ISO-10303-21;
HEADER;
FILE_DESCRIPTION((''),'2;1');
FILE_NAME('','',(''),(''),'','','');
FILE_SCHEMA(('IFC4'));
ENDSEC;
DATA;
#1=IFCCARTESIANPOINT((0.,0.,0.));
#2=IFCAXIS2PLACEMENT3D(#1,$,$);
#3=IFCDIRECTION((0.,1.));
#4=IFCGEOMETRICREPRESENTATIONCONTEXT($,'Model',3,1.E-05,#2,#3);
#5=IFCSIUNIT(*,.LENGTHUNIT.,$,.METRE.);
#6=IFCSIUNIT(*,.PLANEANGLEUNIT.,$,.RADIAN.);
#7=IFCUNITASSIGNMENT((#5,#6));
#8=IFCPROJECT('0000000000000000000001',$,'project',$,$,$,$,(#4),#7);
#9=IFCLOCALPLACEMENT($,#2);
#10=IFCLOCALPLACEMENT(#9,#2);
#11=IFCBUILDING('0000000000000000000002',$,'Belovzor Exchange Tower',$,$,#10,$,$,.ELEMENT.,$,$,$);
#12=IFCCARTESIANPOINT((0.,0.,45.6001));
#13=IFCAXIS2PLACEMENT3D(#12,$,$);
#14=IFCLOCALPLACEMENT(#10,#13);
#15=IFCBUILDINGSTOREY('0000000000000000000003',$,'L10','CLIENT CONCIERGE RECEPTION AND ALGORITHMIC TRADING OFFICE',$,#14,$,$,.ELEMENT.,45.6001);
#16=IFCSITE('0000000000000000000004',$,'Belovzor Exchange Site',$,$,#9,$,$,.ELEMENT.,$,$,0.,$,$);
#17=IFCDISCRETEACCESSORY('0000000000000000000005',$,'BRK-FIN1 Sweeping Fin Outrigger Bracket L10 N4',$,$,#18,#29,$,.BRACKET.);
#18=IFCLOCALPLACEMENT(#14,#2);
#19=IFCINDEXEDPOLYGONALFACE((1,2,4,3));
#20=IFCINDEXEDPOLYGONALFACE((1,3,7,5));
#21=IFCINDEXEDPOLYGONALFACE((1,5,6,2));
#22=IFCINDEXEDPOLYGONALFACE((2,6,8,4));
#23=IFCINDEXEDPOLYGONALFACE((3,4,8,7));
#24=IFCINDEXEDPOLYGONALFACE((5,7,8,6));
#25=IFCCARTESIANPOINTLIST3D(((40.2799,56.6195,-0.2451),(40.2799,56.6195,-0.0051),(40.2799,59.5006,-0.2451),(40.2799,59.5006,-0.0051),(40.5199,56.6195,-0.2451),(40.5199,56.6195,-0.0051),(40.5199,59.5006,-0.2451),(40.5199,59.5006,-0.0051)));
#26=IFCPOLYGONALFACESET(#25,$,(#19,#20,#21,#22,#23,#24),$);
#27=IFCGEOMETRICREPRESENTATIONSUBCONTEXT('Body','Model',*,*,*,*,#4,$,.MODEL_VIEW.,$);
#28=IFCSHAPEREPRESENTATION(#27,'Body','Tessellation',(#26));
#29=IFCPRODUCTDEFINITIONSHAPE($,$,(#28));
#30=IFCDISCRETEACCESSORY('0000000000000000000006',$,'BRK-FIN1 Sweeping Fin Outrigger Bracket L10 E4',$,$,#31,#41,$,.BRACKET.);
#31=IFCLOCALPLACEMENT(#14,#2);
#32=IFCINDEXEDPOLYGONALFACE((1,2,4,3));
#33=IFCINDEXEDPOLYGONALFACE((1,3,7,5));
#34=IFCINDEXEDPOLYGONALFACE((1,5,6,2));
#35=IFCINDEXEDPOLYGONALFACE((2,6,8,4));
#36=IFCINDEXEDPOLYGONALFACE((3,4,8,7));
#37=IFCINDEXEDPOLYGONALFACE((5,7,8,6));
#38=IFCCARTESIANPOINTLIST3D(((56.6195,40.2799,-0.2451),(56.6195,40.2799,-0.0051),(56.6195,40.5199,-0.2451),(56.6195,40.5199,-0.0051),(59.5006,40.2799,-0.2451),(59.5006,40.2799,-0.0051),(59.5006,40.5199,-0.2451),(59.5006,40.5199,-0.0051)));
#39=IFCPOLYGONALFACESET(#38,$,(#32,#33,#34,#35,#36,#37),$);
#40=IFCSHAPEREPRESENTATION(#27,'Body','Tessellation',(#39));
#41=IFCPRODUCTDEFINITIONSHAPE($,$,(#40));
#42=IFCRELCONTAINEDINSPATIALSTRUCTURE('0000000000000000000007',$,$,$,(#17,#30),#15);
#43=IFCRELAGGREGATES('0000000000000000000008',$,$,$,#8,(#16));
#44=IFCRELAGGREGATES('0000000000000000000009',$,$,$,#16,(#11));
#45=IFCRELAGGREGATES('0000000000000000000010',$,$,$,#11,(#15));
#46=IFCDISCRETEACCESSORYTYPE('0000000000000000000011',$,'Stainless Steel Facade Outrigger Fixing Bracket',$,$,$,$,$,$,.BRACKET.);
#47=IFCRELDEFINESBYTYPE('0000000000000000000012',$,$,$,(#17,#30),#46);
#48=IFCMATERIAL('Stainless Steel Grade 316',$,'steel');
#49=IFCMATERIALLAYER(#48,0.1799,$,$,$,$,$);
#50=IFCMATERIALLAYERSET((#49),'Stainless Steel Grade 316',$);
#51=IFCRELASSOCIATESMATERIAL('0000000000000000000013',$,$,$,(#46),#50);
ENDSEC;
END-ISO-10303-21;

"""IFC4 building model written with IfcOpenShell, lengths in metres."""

from ifc_helpers import new_model, si_unit, direction, frame, origin, origin_2d, place, context, subcontext, project, spatial, rectangle, extrude, material, layer, layer_set, type_object, element, save


model = new_model("IFC4")

# Units and contexts
model_context = context("Model", 3, precision=1e-05, world=origin(), true_north=direction((0.0, 1.0)))
body_context = subcontext(model_context, "Body", "Model", "MODEL_VIEW")
ifc_project = project(units=[si_unit("LENGTHUNIT", "METRE"), si_unit("PLANEANGLEUNIT", "RADIAN")], contexts=[model_context])

# Site, building, storey
site_placement = place(None, origin())
site = spatial("IfcSite", under=ifc_project, at=site_placement, Name="Belovzor Exchange Site", CompositionType="ELEMENT", RefElevation=0.0)
building_placement = place(site_placement, origin())
building = spatial("IfcBuilding", under=site, at=building_placement, Name="Belovzor Exchange Tower", CompositionType="ELEMENT")
storey_placement = place(building_placement, frame((0.0, 0.0, 45.6001)))
storey = spatial("IfcBuildingStorey", under=building, at=storey_placement, Name="L10", Description="CLIENT CONCIERGE RECEPTION AND ALGORITHMIC TRADING OFFICE", CompositionType="ELEMENT", Elevation=45.6001)

# Discrete accessories
ifc_material_1 = material(Name="Stainless Steel Grade 316", Category="steel")
ifc_layer_1 = layer(ifc_material_1, 0.1799)
ifc_layer_set_1 = layer_set([ifc_layer_1], Name="Stainless Steel Grade 316")
discrete_accessory_type = type_object("IfcDiscreteAccessoryType", Name="Stainless Steel Facade Outrigger Fixing Bracket", PredefinedType="BRACKET", material=ifc_layer_set_1)
for number, where, z_axis, x_axis, name in (
    (1, (40.3999, 58.0601, -0.2451), (0.0, 0.0, 1.0), (0.0, 1.0, 0.0), "BRK-FIN1 Sweeping Fin Outrigger Bracket L10 N4"),
    (2, (58.0601, 40.3999, -0.2451), (0.0, 0.0, 1.0), (1.0, 0.0, 0.0), "BRK-FIN1 Sweeping Fin Outrigger Bracket L10 E4"),
):
    element("IfcDiscreteAccessory", number, at=place(storey_placement, frame(where, z_axis=z_axis, x_axis=x_axis)), inside=storey, type_object=discrete_accessory_type, Name=name, PredefinedType="BRACKET", context=body_context, shape_type="SweptSolid", body=[
        extrude(rectangle(XDim=2.8811, YDim=0.24, at=origin_2d()), origin(), (0.0, 0.0, 1.0), 0.24),
    ])

save(model, "model.ifc")
